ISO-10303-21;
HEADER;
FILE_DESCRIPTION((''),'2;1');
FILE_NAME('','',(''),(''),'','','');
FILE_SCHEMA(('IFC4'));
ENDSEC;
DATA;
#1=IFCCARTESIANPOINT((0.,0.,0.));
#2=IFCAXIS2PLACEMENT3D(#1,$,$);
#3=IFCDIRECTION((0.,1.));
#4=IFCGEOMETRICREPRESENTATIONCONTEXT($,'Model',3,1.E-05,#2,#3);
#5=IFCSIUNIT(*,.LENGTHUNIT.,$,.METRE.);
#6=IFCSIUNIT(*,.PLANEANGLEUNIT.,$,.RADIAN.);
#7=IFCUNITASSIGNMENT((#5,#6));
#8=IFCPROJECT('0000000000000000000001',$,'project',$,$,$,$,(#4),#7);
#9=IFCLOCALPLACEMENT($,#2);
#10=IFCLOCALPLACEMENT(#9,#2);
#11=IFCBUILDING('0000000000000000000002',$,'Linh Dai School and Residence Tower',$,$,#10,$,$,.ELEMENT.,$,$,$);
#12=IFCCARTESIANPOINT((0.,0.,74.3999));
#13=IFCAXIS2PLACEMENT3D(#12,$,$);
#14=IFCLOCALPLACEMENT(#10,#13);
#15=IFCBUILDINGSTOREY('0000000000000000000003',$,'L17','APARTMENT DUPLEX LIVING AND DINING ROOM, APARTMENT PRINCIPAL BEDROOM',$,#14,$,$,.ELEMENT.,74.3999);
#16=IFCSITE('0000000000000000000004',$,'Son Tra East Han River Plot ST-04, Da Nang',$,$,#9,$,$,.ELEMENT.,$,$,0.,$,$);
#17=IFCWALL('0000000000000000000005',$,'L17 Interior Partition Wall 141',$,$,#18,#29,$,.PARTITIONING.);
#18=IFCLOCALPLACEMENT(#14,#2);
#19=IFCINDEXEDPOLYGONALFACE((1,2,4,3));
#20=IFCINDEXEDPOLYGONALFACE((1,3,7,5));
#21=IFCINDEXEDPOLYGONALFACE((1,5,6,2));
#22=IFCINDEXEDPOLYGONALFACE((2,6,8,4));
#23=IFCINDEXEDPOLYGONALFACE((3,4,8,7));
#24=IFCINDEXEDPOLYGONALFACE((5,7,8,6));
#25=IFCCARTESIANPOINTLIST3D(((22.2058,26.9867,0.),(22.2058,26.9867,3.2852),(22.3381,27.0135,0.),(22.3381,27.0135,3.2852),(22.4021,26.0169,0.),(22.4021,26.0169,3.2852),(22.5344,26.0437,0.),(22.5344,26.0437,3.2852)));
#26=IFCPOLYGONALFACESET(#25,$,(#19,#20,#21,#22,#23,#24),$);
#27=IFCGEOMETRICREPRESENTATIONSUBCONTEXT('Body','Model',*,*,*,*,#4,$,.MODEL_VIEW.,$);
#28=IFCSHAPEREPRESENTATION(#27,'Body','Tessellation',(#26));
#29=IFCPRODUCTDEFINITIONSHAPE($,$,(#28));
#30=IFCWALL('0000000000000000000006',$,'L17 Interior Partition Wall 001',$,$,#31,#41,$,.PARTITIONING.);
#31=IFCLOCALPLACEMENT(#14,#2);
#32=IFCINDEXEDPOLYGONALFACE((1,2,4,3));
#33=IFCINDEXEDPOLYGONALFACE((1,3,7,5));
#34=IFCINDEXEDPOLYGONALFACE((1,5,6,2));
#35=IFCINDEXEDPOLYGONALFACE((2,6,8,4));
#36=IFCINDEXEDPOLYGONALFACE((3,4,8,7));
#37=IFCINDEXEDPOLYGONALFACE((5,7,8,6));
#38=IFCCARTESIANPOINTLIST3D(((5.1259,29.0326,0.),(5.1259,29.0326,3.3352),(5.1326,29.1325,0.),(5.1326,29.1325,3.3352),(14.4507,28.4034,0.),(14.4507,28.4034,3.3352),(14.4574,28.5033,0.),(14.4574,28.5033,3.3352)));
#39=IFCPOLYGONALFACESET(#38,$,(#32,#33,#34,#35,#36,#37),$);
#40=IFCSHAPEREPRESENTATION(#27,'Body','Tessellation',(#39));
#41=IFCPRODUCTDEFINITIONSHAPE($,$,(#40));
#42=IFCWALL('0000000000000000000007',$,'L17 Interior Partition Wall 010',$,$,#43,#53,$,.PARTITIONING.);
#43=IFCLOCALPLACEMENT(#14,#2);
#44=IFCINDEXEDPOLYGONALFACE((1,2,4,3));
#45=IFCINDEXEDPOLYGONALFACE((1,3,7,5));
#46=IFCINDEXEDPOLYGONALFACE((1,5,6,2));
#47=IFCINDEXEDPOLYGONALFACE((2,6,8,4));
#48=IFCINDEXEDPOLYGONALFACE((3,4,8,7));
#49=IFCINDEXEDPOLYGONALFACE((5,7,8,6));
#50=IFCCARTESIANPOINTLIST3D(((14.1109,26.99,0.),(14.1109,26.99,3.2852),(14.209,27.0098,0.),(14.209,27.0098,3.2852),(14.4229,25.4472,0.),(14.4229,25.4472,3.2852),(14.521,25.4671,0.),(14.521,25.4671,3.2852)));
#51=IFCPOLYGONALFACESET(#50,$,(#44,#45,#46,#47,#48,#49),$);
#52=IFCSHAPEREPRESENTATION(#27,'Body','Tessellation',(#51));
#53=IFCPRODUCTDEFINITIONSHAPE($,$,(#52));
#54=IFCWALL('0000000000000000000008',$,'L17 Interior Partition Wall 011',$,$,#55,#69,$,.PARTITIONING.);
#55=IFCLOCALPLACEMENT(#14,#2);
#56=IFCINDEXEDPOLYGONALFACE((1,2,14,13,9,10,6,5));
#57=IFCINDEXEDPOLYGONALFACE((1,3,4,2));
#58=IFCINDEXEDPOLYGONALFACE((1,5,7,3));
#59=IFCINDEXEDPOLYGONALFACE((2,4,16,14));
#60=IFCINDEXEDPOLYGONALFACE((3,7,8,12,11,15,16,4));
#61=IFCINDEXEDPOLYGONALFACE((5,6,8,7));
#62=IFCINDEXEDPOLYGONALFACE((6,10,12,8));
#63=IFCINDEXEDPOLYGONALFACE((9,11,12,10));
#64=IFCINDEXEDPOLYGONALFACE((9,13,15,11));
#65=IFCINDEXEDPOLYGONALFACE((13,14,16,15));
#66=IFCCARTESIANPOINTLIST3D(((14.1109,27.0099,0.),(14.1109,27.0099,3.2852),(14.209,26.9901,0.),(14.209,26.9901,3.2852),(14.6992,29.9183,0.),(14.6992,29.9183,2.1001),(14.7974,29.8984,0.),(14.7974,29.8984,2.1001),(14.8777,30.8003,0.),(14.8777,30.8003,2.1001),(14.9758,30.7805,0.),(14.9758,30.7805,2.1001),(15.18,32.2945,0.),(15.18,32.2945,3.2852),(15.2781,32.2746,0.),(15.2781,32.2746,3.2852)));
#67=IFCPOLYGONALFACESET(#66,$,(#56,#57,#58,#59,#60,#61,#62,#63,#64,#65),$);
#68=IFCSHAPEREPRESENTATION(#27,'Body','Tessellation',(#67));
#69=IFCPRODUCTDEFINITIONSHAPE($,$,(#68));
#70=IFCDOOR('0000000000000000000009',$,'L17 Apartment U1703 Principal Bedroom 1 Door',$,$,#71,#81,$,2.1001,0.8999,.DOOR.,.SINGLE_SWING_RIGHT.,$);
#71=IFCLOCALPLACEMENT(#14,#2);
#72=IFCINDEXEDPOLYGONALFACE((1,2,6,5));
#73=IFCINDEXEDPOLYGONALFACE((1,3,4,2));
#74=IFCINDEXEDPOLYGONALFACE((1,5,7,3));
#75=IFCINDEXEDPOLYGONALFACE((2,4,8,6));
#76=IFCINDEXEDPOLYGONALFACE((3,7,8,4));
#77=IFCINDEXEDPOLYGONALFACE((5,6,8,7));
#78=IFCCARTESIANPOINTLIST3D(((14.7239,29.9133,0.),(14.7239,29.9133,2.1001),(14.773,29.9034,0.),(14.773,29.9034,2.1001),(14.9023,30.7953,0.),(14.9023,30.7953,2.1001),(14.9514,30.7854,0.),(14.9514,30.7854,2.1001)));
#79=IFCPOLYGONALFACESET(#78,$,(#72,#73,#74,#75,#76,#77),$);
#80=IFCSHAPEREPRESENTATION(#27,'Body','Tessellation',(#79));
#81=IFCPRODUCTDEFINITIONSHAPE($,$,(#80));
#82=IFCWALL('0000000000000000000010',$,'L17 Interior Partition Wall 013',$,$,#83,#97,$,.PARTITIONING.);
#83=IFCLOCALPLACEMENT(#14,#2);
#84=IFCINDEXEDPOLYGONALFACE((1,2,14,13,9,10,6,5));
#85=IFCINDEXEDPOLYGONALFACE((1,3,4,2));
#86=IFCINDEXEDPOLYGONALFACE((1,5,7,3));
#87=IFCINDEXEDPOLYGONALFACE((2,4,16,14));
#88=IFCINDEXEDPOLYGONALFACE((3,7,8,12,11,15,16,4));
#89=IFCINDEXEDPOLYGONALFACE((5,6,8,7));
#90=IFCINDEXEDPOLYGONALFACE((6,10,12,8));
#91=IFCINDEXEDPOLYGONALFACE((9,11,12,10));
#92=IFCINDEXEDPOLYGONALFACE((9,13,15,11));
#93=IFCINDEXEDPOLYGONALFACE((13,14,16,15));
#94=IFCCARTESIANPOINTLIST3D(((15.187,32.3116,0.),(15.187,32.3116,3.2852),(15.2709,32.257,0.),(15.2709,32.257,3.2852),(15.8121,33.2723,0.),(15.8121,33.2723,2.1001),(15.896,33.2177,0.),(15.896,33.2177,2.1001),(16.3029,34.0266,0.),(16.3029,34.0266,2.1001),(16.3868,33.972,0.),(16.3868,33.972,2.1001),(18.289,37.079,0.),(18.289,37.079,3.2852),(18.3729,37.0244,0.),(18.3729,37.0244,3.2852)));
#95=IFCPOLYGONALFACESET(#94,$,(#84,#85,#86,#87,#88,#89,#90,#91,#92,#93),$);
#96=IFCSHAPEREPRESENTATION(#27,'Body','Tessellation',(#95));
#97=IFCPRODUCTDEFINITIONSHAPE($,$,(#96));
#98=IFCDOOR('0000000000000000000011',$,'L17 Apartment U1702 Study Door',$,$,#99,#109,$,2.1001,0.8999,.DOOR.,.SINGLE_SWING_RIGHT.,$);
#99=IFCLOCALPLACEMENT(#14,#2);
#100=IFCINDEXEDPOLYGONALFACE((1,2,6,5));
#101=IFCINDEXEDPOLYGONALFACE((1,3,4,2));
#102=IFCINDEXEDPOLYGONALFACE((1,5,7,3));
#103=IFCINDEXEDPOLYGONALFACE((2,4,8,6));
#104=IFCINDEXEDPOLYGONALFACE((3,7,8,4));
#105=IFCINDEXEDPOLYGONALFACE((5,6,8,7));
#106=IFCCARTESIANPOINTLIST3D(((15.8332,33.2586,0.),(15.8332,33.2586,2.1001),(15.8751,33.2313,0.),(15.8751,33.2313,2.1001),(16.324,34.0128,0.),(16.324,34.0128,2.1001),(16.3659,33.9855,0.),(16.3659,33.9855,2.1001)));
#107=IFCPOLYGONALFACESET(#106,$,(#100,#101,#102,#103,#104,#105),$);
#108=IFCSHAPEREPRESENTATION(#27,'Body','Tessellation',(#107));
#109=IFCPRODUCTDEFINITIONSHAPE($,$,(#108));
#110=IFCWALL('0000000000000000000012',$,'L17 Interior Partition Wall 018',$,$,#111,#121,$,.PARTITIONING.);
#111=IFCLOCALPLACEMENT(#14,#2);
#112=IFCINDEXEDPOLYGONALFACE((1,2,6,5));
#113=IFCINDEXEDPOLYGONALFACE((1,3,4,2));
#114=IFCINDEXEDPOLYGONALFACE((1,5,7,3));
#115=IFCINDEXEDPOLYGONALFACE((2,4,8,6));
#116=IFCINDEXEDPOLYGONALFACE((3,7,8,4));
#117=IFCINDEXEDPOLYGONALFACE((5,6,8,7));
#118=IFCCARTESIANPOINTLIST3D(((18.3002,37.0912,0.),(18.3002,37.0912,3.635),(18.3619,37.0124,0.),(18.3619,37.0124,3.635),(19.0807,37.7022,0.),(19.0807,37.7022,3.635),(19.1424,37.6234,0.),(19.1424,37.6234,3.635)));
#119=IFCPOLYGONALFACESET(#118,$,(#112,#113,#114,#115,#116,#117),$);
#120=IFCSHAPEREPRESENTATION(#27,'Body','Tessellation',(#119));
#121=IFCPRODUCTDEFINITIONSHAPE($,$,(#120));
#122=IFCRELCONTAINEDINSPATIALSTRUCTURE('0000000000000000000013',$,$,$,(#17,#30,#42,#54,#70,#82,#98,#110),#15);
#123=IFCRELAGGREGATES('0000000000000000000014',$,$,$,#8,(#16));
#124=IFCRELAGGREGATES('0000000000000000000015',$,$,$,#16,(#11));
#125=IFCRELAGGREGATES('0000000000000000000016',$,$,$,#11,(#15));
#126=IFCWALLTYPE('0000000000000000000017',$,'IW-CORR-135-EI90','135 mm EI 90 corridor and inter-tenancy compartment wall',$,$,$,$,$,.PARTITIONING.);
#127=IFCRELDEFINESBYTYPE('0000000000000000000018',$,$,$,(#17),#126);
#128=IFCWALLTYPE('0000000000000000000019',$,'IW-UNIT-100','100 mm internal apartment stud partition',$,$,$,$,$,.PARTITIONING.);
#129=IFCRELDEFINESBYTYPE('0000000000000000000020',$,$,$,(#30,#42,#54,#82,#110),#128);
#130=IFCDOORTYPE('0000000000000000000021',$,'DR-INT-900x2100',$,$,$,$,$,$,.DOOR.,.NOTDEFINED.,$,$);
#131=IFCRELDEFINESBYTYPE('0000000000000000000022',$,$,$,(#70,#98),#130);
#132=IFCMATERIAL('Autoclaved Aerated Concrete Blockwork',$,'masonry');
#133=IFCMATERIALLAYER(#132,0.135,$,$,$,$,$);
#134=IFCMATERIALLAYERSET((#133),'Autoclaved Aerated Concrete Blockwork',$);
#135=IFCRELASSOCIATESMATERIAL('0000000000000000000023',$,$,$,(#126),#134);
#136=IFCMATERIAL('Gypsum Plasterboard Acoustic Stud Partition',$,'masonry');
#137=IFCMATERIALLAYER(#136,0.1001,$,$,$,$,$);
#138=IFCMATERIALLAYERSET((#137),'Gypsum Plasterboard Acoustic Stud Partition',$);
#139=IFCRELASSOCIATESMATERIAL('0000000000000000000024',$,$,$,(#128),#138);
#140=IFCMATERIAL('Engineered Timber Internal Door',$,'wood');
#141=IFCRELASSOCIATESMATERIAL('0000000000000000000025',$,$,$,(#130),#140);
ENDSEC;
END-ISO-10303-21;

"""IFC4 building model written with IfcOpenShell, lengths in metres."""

from ifc_helpers import new_model, si_unit, direction, frame, frame_2d, origin, origin_2d, place, context, subcontext, project, spatial, rectangle, extrude, source, transform, mapped, material, layer, layer_set, type_object, element, fill, save


model = new_model("IFC4")

# Units and contexts
model_context = context("Model", 3, precision=1e-05, world=origin(), true_north=direction((0.0, 1.0)))
body_context = subcontext(model_context, "Body", "Model", "MODEL_VIEW")
ifc_project = project(units=[si_unit("LENGTHUNIT", "METRE"), si_unit("PLANEANGLEUNIT", "RADIAN")], contexts=[model_context])

# Site, building, storey
site_placement = place(None, origin())
site = spatial("IfcSite", under=ifc_project, at=site_placement, Name="Son Tra East Han River Plot ST-04, Da Nang", CompositionType="ELEMENT", RefElevation=0.0)
building_placement = place(site_placement, origin())
building = spatial("IfcBuilding", under=site, at=building_placement, Name="Linh Dai School and Residence Tower", CompositionType="ELEMENT")
storey_placement = place(building_placement, frame((0.0, 0.0, 74.3999)))
storey = spatial("IfcBuildingStorey", under=building, at=storey_placement, Name="L17", Description="APARTMENT DUPLEX LIVING AND DINING ROOM, APARTMENT PRINCIPAL BEDROOM", CompositionType="ELEMENT", Elevation=74.3999)

# Shared definitions
ifc_material_1 = material(Name="Autoclaved Aerated Concrete Blockwork", Category="masonry")
ifc_layer_1 = layer(ifc_material_1, 0.135)
ifc_layer_set_1 = layer_set([ifc_layer_1], Name="Autoclaved Aerated Concrete Blockwork")
wall_type_1 = type_object("IfcWallType", Name="IW-CORR-135-EI90", Description="135 mm EI 90 corridor and inter-tenancy compartment wall", PredefinedType="PARTITIONING", material=ifc_layer_set_1)

# Walls
wall_1_placement = place(storey_placement, frame((22.272, 27.0, 0.0), z_axis=(0.0, 0.0, 1.0), x_axis=(0.198393, -0.980122, 0.0)))
element("IfcWall", 1, at=wall_1_placement, inside=storey, type_object=wall_type_1, Name="L17 Interior Partition Wall 141", PredefinedType="PARTITIONING", context=body_context, shape_type="SweptSolid", body=[
    extrude(rectangle(XDim=0.9895, YDim=0.135, at=frame_2d((0.4946, 0.0))), origin(), (0.0, 0.0, 1.0), 3.2852),
])
ifc_material_2 = material(Name="Gypsum Plasterboard Acoustic Stud Partition", Category="masonry")
ifc_layer_2 = layer(ifc_material_2, 0.1001)
ifc_layer_set_2 = layer_set([ifc_layer_2], Name="Gypsum Plasterboard Acoustic Stud Partition")
wall_type_2 = type_object("IfcWallType", Name="IW-UNIT-100", Description="100 mm internal apartment stud partition", PredefinedType="PARTITIONING", material=ifc_layer_set_2)
wall_2_placement = place(storey_placement, frame((5.1294, 29.0825, 0.0), z_axis=(0.0, 0.0, 1.0), x_axis=(0.997732, -0.067318, 0.0)))
element("IfcWall", 2, at=wall_2_placement, inside=storey, type_object=wall_type_2, Name="L17 Interior Partition Wall 001", PredefinedType="PARTITIONING", context=body_context, shape_type="SweptSolid", body=[
    extrude(rectangle(XDim=9.3459, YDim=0.1001, at=frame_2d((4.6729, 0.0))), origin(), (0.0, 0.0, 1.0), 3.3352),
])
wall_3_placement = place(storey_placement, frame((14.1599, 27.0, 0.0), z_axis=(0.0, 0.0, 1.0), x_axis=(0.198234, -0.980155, 0.0)))
element("IfcWall", 3, at=wall_3_placement, inside=storey, type_object=wall_type_2, Name="L17 Interior Partition Wall 010", PredefinedType="PARTITIONING", context=body_context, shape_type="SweptSolid", body=[
    extrude(rectangle(XDim=1.574, YDim=0.1001, at=frame_2d((0.7871, 0.0))), origin(), (0.0, 0.0, 1.0), 3.2852),
])

# Walls, openings, doors
wall_4_placement = place(storey_placement, frame((14.1599, 27.0, 0.0), z_axis=(0.0, 0.0, 1.0), x_axis=(0.198293, 0.980143, 0.0)))
wall_4 = element("IfcWall", 4, at=wall_4_placement, inside=storey, type_object=wall_type_2, Name="L17 Interior Partition Wall 011", PredefinedType="PARTITIONING", context=body_context, shape_type="SweptSolid", body=[
    extrude(rectangle(XDim=5.3916, YDim=0.1001, at=frame_2d((2.6958, 0.0))), origin(), (0.0, 0.0, 1.0), 3.2852),
])
opening_1_placement = place(wall_4_placement, frame((2.9673, 0.0, 0.0)))
opening_1 = element("IfcOpeningElement", 5, at=opening_1_placement, cuts=wall_4, PredefinedType="OPENING", context=body_context, shape_type="SweptSolid", body=[
    extrude(rectangle(XDim=0.8999, YDim=2.1001, at=origin_2d()), frame((0.45, 0.0601, 1.05), z_axis=(0.0, -1.0, 0.0), x_axis=(1.0, 0.0, 0.0)), (0.0, 0.0, 1.0), 0.1201),
])
ifc_material_3 = material(Name="Engineered Timber Internal Door", Category="wood")
door_type_1 = type_object("IfcDoorType", Name="DR-INT-900x2100", OperationType="NOTDEFINED", PredefinedType="DOOR", material=ifc_material_3)
shared_shape_1 = source(origin(), body_context, "Body", "SweptSolid", [
    extrude(rectangle(XDim=0.8999, YDim=2.1001, at=origin_2d()), frame((0.45, 0.0249, 1.05), z_axis=(0.0, -1.0, 0.0), x_axis=(1.0, 0.0, 0.0)), (0.0, 0.0, 1.0), 0.05),
])
door_1_placement = place(opening_1_placement, origin())
door_1 = element("IfcDoor", 6, at=door_1_placement, inside=storey, type_object=door_type_1, Name="L17 Apartment U1703 Principal Bedroom 1 Door", OperationType="SINGLE_SWING_RIGHT", OverallHeight=2.1001, OverallWidth=0.8999, PredefinedType="DOOR", context=body_context, shape_type="MappedRepresentation", body=[
    mapped(shared_shape_1, transform((0.0, 0.0, 0.0), x_axis=(1.0, 0.0, 0.0), y_axis=(0.0, 1.0, 0.0), z_axis=(0.0, 0.0, 1.0), scale=1.0)),
])
fill(opening_1, door_1)
wall_5_placement = place(storey_placement, frame((15.229, 32.2844, 0.0), z_axis=(0.0, 0.0, 1.0), x_axis=(0.545394, 0.83818, 0.0)))
wall_5 = element("IfcWall", 7, at=wall_5_placement, inside=storey, type_object=wall_type_2, Name="L17 Interior Partition Wall 013", PredefinedType="PARTITIONING", context=body_context, shape_type="SweptSolid", body=[
    extrude(rectangle(XDim=5.6877, YDim=0.1001, at=frame_2d((2.8438, 0.0))), origin(), (0.0, 0.0, 1.0), 3.2852),
])
opening_2_placement = place(wall_5_placement, frame((1.146, 0.0, 0.0)))
opening_2 = element("IfcOpeningElement", 8, at=opening_2_placement, cuts=wall_5, PredefinedType="OPENING", context=body_context, shape_type="SweptSolid", body=[
    extrude(rectangle(XDim=0.8999, YDim=2.1001, at=origin_2d()), frame((0.45, 0.0601, 1.05), z_axis=(0.0, -1.0, 0.0), x_axis=(1.0, 0.0, 0.0)), (0.0, 0.0, 1.0), 0.1201),
])
door_2_placement = place(opening_2_placement, origin())
door_2 = element("IfcDoor", 9, at=door_2_placement, inside=storey, type_object=door_type_1, Name="L17 Apartment U1702 Study Door", OperationType="SINGLE_SWING_RIGHT", OverallHeight=2.1001, OverallWidth=0.8999, PredefinedType="DOOR", context=body_context, shape_type="MappedRepresentation", body=[
    mapped(shared_shape_1, transform((0.0, 0.0, 0.0), x_axis=(1.0, 0.0, 0.0), y_axis=(0.0, 1.0, 0.0), z_axis=(0.0, 0.0, 1.0), scale=1.0)),
])
fill(opening_2, door_2)

# Wall
wall_6_placement = place(storey_placement, frame((18.3311, 37.0518, 0.0), z_axis=(0.0, 0.0, 1.0), x_axis=(0.787385, 0.616461, 0.0)))
element("IfcWall", 10, at=wall_6_placement, inside=storey, type_object=wall_type_2, Name="L17 Interior Partition Wall 018", PredefinedType="PARTITIONING", context=body_context, shape_type="SweptSolid", body=[
    extrude(rectangle(XDim=0.9912, YDim=0.1001, at=frame_2d((0.4956, 0.0))), origin(), (0.0, 0.0, 1.0), 3.635),
])

save(model, "model.ifc")
